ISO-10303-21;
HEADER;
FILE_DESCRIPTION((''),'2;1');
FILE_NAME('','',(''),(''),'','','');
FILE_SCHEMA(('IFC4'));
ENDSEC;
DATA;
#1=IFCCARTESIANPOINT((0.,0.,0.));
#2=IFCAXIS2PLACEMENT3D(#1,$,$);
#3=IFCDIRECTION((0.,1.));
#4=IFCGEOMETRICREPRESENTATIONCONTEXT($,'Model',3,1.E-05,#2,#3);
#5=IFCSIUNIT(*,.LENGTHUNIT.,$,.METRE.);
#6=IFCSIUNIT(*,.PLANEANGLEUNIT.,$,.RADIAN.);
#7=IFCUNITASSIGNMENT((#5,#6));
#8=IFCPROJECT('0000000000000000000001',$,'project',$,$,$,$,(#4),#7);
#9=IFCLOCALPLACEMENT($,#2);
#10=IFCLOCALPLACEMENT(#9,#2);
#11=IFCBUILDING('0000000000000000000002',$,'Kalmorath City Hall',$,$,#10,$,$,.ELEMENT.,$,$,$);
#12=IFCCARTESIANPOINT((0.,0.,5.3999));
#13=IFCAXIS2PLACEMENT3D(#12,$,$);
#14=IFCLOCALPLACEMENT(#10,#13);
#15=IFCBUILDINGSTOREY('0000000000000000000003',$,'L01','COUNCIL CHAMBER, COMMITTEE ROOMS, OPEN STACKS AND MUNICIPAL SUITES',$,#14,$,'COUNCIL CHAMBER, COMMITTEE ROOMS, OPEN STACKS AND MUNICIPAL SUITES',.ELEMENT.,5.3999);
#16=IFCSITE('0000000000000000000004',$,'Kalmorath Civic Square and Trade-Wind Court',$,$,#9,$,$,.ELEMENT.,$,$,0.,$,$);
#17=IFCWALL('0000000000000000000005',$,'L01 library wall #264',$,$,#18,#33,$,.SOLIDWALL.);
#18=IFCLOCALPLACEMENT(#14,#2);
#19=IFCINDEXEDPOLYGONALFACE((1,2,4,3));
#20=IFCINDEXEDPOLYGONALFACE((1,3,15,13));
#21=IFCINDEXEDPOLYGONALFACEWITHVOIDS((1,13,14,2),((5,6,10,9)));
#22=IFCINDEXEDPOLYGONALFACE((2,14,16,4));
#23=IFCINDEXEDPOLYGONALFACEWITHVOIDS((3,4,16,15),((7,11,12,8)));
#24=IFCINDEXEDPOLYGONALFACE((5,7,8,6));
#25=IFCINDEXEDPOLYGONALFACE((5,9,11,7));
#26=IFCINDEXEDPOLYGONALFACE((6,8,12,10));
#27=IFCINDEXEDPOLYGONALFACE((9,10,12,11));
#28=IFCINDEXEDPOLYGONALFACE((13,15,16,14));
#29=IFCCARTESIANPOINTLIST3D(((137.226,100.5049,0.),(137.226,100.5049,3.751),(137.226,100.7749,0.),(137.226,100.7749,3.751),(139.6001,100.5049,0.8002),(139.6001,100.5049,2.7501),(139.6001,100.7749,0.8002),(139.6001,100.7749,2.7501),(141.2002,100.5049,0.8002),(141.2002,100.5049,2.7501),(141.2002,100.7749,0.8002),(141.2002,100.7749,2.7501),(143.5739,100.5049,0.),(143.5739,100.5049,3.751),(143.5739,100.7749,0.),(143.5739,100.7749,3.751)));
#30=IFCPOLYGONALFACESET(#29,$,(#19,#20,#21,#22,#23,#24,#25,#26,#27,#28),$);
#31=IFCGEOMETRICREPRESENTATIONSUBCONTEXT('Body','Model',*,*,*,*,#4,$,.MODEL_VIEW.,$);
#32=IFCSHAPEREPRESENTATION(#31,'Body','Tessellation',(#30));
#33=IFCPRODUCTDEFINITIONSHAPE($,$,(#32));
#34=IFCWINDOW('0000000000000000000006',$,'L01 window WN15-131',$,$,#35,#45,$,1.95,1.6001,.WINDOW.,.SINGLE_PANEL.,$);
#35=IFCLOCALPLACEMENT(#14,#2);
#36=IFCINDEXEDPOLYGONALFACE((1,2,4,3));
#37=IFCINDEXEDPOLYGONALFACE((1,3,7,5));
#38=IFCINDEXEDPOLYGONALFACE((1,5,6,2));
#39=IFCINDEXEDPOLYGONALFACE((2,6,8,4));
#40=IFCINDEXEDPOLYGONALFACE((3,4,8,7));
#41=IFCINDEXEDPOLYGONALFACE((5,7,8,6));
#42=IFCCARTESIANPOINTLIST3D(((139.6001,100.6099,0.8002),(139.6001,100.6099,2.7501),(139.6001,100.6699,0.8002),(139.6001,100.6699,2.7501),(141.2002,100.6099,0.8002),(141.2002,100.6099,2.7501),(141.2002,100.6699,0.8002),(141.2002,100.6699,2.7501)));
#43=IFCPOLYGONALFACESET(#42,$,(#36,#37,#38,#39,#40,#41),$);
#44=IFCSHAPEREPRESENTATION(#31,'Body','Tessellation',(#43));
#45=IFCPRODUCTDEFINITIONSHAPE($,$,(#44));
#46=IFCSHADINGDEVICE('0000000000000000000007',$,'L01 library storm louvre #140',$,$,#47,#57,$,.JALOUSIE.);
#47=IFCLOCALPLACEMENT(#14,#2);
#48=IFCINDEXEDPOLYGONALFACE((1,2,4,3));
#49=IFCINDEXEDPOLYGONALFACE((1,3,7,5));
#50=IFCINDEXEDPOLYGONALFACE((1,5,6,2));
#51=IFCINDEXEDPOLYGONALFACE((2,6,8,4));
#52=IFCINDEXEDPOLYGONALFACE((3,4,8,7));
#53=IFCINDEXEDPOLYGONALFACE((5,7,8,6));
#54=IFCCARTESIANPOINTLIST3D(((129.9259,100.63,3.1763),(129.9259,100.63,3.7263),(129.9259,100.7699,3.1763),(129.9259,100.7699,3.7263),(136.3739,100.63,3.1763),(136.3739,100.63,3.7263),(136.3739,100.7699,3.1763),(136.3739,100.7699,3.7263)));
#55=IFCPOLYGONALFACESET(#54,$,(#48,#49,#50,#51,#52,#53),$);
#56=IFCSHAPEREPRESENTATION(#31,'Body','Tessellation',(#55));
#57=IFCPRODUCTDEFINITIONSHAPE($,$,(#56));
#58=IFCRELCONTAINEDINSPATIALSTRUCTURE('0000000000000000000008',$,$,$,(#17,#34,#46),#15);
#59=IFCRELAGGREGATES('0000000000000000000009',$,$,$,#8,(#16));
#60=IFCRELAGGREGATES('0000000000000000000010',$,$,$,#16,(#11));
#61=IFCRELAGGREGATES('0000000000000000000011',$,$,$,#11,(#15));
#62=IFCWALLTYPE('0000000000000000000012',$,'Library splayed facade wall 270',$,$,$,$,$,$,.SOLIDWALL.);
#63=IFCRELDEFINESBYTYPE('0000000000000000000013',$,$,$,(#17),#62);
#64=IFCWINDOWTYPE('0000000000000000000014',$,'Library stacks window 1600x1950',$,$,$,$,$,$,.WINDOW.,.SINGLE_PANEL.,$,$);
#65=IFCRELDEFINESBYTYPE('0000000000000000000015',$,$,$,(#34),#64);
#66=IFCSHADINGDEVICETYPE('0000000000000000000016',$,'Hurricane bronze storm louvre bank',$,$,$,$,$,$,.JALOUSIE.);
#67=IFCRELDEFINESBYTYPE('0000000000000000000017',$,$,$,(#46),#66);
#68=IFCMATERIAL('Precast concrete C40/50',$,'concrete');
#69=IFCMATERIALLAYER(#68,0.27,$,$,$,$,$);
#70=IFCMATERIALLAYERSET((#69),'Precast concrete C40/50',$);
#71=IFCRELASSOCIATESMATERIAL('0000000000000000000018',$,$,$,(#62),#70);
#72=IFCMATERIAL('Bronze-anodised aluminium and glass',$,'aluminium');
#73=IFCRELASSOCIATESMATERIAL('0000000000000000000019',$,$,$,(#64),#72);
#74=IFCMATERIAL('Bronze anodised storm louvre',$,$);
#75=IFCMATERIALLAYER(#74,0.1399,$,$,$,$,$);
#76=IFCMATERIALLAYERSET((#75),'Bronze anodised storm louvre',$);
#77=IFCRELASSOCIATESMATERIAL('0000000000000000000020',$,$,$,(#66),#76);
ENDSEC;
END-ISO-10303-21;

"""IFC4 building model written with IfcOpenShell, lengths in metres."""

from ifc_helpers import new_model, si_unit, direction, frame, frame_2d, origin, origin_2d, place, context, subcontext, project, spatial, rectangle, extrude, material, layer, layer_set, type_object, element, fill, save


model = new_model("IFC4")

# Units and contexts
model_context = context("Model", 3, precision=1e-05, world=origin(), true_north=direction((0.0, 1.0)))
body_context = subcontext(model_context, "Body", "Model", "MODEL_VIEW")
ifc_project = project(units=[si_unit("LENGTHUNIT", "METRE"), si_unit("PLANEANGLEUNIT", "RADIAN")], contexts=[model_context])

# Site, building, storey
site_placement = place(None, origin())
site = spatial("IfcSite", under=ifc_project, at=site_placement, Name="Kalmorath Civic Square and Trade-Wind Court", CompositionType="ELEMENT", RefElevation=0.0)
building_placement = place(site_placement, origin())
building = spatial("IfcBuilding", under=site, at=building_placement, Name="Kalmorath City Hall", CompositionType="ELEMENT")
storey_placement = place(building_placement, frame((0.0, 0.0, 5.3999)))
storey = spatial("IfcBuildingStorey", under=building, at=storey_placement, Name="L01", Description="COUNCIL CHAMBER, COMMITTEE ROOMS, OPEN STACKS AND MUNICIPAL SUITES", LongName="COUNCIL CHAMBER, COMMITTEE ROOMS, OPEN STACKS AND MUNICIPAL SUITES", CompositionType="ELEMENT", Elevation=5.3999)

# Wall, opening, window
ifc_material_1 = material(Name="Precast concrete C40/50", Category="concrete")
ifc_layer_1 = layer(ifc_material_1, 0.27)
ifc_layer_set_1 = layer_set([ifc_layer_1], Name="Precast concrete C40/50")
wall_type = type_object("IfcWallType", Name="Library splayed facade wall 270", PredefinedType="SOLIDWALL", material=ifc_layer_set_1)
wall_placement = place(storey_placement, frame((137.2261, 100.6399, 0.0), z_axis=(0.0, 0.0, 1.0), x_axis=(1.0, 0.0, 0.0)))
wall = element("IfcWall", 1, at=wall_placement, inside=storey, type_object=wall_type, Name="L01 library wall #264", PredefinedType="SOLIDWALL", context=body_context, shape_type="SweptSolid", body=[
    extrude(rectangle(XDim=6.3479, YDim=0.27, at=frame_2d((3.1738, 0.0))), origin(), (0.0, 0.0, 1.0), 3.751),
])
opening_placement = place(wall_placement, frame((2.374, 0.0, 0.8)))
opening = element("IfcOpeningElement", 2, at=opening_placement, cuts=wall, PredefinedType="OPENING", context=body_context, shape_type="SweptSolid", body=[
    extrude(rectangle(XDim=1.6001, YDim=1.95, at=frame_2d((0.8, 0.9751))), frame((0.0, 0.145, 0.0), z_axis=(0.0, -1.0, 0.0), x_axis=(1.0, 0.0, 0.0)), (0.0, 0.0, 1.0), 0.29),
])
ifc_material_2 = material(Name="Bronze-anodised aluminium and glass", Category="aluminium")
window_type = type_object("IfcWindowType", Name="Library stacks window 1600x1950", PartitioningType="SINGLE_PANEL", PredefinedType="WINDOW", material=ifc_material_2)
window_placement = place(opening_placement, origin())
window = element("IfcWindow", 3, at=window_placement, inside=storey, type_object=window_type, Name="L01 window WN15-131", OverallHeight=1.95, OverallWidth=1.6001, PartitioningType="SINGLE_PANEL", PredefinedType="WINDOW", context=body_context, shape_type="SweptSolid", body=[
    extrude(rectangle(XDim=1.6001, YDim=1.95, at=frame_2d((0.8, 0.9751))), frame((0.0, 0.03, 0.0), z_axis=(0.0, -1.0, 0.0), x_axis=(1.0, 0.0, 0.0)), (0.0, 0.0, 1.0), 0.0601),
])
fill(opening, window)

# Shading device
ifc_material_3 = material(Name="Bronze anodised storm louvre")
ifc_layer_2 = layer(ifc_material_3, 0.1399)
ifc_layer_set_2 = layer_set([ifc_layer_2], Name="Bronze anodised storm louvre")
shading_device_type = type_object("IfcShadingDeviceType", Name="Hurricane bronze storm louvre bank", PredefinedType="JALOUSIE", material=ifc_layer_set_2)
shading_device_placement = place(storey_placement, frame((133.1499, 100.7, 3.1763), z_axis=(0.0, 0.0, 1.0), x_axis=(1.0, 0.0, 0.0)))
element("IfcShadingDevice", 4, at=shading_device_placement, inside=storey, type_object=shading_device_type, Name="L01 library storm louvre #140", PredefinedType="JALOUSIE", context=body_context, shape_type="SweptSolid", body=[
    extrude(rectangle(XDim=6.448, YDim=0.1399, at=origin_2d()), origin(), (0.0, 0.0, 1.0), 0.55),
])

save(model, "model.ifc")
